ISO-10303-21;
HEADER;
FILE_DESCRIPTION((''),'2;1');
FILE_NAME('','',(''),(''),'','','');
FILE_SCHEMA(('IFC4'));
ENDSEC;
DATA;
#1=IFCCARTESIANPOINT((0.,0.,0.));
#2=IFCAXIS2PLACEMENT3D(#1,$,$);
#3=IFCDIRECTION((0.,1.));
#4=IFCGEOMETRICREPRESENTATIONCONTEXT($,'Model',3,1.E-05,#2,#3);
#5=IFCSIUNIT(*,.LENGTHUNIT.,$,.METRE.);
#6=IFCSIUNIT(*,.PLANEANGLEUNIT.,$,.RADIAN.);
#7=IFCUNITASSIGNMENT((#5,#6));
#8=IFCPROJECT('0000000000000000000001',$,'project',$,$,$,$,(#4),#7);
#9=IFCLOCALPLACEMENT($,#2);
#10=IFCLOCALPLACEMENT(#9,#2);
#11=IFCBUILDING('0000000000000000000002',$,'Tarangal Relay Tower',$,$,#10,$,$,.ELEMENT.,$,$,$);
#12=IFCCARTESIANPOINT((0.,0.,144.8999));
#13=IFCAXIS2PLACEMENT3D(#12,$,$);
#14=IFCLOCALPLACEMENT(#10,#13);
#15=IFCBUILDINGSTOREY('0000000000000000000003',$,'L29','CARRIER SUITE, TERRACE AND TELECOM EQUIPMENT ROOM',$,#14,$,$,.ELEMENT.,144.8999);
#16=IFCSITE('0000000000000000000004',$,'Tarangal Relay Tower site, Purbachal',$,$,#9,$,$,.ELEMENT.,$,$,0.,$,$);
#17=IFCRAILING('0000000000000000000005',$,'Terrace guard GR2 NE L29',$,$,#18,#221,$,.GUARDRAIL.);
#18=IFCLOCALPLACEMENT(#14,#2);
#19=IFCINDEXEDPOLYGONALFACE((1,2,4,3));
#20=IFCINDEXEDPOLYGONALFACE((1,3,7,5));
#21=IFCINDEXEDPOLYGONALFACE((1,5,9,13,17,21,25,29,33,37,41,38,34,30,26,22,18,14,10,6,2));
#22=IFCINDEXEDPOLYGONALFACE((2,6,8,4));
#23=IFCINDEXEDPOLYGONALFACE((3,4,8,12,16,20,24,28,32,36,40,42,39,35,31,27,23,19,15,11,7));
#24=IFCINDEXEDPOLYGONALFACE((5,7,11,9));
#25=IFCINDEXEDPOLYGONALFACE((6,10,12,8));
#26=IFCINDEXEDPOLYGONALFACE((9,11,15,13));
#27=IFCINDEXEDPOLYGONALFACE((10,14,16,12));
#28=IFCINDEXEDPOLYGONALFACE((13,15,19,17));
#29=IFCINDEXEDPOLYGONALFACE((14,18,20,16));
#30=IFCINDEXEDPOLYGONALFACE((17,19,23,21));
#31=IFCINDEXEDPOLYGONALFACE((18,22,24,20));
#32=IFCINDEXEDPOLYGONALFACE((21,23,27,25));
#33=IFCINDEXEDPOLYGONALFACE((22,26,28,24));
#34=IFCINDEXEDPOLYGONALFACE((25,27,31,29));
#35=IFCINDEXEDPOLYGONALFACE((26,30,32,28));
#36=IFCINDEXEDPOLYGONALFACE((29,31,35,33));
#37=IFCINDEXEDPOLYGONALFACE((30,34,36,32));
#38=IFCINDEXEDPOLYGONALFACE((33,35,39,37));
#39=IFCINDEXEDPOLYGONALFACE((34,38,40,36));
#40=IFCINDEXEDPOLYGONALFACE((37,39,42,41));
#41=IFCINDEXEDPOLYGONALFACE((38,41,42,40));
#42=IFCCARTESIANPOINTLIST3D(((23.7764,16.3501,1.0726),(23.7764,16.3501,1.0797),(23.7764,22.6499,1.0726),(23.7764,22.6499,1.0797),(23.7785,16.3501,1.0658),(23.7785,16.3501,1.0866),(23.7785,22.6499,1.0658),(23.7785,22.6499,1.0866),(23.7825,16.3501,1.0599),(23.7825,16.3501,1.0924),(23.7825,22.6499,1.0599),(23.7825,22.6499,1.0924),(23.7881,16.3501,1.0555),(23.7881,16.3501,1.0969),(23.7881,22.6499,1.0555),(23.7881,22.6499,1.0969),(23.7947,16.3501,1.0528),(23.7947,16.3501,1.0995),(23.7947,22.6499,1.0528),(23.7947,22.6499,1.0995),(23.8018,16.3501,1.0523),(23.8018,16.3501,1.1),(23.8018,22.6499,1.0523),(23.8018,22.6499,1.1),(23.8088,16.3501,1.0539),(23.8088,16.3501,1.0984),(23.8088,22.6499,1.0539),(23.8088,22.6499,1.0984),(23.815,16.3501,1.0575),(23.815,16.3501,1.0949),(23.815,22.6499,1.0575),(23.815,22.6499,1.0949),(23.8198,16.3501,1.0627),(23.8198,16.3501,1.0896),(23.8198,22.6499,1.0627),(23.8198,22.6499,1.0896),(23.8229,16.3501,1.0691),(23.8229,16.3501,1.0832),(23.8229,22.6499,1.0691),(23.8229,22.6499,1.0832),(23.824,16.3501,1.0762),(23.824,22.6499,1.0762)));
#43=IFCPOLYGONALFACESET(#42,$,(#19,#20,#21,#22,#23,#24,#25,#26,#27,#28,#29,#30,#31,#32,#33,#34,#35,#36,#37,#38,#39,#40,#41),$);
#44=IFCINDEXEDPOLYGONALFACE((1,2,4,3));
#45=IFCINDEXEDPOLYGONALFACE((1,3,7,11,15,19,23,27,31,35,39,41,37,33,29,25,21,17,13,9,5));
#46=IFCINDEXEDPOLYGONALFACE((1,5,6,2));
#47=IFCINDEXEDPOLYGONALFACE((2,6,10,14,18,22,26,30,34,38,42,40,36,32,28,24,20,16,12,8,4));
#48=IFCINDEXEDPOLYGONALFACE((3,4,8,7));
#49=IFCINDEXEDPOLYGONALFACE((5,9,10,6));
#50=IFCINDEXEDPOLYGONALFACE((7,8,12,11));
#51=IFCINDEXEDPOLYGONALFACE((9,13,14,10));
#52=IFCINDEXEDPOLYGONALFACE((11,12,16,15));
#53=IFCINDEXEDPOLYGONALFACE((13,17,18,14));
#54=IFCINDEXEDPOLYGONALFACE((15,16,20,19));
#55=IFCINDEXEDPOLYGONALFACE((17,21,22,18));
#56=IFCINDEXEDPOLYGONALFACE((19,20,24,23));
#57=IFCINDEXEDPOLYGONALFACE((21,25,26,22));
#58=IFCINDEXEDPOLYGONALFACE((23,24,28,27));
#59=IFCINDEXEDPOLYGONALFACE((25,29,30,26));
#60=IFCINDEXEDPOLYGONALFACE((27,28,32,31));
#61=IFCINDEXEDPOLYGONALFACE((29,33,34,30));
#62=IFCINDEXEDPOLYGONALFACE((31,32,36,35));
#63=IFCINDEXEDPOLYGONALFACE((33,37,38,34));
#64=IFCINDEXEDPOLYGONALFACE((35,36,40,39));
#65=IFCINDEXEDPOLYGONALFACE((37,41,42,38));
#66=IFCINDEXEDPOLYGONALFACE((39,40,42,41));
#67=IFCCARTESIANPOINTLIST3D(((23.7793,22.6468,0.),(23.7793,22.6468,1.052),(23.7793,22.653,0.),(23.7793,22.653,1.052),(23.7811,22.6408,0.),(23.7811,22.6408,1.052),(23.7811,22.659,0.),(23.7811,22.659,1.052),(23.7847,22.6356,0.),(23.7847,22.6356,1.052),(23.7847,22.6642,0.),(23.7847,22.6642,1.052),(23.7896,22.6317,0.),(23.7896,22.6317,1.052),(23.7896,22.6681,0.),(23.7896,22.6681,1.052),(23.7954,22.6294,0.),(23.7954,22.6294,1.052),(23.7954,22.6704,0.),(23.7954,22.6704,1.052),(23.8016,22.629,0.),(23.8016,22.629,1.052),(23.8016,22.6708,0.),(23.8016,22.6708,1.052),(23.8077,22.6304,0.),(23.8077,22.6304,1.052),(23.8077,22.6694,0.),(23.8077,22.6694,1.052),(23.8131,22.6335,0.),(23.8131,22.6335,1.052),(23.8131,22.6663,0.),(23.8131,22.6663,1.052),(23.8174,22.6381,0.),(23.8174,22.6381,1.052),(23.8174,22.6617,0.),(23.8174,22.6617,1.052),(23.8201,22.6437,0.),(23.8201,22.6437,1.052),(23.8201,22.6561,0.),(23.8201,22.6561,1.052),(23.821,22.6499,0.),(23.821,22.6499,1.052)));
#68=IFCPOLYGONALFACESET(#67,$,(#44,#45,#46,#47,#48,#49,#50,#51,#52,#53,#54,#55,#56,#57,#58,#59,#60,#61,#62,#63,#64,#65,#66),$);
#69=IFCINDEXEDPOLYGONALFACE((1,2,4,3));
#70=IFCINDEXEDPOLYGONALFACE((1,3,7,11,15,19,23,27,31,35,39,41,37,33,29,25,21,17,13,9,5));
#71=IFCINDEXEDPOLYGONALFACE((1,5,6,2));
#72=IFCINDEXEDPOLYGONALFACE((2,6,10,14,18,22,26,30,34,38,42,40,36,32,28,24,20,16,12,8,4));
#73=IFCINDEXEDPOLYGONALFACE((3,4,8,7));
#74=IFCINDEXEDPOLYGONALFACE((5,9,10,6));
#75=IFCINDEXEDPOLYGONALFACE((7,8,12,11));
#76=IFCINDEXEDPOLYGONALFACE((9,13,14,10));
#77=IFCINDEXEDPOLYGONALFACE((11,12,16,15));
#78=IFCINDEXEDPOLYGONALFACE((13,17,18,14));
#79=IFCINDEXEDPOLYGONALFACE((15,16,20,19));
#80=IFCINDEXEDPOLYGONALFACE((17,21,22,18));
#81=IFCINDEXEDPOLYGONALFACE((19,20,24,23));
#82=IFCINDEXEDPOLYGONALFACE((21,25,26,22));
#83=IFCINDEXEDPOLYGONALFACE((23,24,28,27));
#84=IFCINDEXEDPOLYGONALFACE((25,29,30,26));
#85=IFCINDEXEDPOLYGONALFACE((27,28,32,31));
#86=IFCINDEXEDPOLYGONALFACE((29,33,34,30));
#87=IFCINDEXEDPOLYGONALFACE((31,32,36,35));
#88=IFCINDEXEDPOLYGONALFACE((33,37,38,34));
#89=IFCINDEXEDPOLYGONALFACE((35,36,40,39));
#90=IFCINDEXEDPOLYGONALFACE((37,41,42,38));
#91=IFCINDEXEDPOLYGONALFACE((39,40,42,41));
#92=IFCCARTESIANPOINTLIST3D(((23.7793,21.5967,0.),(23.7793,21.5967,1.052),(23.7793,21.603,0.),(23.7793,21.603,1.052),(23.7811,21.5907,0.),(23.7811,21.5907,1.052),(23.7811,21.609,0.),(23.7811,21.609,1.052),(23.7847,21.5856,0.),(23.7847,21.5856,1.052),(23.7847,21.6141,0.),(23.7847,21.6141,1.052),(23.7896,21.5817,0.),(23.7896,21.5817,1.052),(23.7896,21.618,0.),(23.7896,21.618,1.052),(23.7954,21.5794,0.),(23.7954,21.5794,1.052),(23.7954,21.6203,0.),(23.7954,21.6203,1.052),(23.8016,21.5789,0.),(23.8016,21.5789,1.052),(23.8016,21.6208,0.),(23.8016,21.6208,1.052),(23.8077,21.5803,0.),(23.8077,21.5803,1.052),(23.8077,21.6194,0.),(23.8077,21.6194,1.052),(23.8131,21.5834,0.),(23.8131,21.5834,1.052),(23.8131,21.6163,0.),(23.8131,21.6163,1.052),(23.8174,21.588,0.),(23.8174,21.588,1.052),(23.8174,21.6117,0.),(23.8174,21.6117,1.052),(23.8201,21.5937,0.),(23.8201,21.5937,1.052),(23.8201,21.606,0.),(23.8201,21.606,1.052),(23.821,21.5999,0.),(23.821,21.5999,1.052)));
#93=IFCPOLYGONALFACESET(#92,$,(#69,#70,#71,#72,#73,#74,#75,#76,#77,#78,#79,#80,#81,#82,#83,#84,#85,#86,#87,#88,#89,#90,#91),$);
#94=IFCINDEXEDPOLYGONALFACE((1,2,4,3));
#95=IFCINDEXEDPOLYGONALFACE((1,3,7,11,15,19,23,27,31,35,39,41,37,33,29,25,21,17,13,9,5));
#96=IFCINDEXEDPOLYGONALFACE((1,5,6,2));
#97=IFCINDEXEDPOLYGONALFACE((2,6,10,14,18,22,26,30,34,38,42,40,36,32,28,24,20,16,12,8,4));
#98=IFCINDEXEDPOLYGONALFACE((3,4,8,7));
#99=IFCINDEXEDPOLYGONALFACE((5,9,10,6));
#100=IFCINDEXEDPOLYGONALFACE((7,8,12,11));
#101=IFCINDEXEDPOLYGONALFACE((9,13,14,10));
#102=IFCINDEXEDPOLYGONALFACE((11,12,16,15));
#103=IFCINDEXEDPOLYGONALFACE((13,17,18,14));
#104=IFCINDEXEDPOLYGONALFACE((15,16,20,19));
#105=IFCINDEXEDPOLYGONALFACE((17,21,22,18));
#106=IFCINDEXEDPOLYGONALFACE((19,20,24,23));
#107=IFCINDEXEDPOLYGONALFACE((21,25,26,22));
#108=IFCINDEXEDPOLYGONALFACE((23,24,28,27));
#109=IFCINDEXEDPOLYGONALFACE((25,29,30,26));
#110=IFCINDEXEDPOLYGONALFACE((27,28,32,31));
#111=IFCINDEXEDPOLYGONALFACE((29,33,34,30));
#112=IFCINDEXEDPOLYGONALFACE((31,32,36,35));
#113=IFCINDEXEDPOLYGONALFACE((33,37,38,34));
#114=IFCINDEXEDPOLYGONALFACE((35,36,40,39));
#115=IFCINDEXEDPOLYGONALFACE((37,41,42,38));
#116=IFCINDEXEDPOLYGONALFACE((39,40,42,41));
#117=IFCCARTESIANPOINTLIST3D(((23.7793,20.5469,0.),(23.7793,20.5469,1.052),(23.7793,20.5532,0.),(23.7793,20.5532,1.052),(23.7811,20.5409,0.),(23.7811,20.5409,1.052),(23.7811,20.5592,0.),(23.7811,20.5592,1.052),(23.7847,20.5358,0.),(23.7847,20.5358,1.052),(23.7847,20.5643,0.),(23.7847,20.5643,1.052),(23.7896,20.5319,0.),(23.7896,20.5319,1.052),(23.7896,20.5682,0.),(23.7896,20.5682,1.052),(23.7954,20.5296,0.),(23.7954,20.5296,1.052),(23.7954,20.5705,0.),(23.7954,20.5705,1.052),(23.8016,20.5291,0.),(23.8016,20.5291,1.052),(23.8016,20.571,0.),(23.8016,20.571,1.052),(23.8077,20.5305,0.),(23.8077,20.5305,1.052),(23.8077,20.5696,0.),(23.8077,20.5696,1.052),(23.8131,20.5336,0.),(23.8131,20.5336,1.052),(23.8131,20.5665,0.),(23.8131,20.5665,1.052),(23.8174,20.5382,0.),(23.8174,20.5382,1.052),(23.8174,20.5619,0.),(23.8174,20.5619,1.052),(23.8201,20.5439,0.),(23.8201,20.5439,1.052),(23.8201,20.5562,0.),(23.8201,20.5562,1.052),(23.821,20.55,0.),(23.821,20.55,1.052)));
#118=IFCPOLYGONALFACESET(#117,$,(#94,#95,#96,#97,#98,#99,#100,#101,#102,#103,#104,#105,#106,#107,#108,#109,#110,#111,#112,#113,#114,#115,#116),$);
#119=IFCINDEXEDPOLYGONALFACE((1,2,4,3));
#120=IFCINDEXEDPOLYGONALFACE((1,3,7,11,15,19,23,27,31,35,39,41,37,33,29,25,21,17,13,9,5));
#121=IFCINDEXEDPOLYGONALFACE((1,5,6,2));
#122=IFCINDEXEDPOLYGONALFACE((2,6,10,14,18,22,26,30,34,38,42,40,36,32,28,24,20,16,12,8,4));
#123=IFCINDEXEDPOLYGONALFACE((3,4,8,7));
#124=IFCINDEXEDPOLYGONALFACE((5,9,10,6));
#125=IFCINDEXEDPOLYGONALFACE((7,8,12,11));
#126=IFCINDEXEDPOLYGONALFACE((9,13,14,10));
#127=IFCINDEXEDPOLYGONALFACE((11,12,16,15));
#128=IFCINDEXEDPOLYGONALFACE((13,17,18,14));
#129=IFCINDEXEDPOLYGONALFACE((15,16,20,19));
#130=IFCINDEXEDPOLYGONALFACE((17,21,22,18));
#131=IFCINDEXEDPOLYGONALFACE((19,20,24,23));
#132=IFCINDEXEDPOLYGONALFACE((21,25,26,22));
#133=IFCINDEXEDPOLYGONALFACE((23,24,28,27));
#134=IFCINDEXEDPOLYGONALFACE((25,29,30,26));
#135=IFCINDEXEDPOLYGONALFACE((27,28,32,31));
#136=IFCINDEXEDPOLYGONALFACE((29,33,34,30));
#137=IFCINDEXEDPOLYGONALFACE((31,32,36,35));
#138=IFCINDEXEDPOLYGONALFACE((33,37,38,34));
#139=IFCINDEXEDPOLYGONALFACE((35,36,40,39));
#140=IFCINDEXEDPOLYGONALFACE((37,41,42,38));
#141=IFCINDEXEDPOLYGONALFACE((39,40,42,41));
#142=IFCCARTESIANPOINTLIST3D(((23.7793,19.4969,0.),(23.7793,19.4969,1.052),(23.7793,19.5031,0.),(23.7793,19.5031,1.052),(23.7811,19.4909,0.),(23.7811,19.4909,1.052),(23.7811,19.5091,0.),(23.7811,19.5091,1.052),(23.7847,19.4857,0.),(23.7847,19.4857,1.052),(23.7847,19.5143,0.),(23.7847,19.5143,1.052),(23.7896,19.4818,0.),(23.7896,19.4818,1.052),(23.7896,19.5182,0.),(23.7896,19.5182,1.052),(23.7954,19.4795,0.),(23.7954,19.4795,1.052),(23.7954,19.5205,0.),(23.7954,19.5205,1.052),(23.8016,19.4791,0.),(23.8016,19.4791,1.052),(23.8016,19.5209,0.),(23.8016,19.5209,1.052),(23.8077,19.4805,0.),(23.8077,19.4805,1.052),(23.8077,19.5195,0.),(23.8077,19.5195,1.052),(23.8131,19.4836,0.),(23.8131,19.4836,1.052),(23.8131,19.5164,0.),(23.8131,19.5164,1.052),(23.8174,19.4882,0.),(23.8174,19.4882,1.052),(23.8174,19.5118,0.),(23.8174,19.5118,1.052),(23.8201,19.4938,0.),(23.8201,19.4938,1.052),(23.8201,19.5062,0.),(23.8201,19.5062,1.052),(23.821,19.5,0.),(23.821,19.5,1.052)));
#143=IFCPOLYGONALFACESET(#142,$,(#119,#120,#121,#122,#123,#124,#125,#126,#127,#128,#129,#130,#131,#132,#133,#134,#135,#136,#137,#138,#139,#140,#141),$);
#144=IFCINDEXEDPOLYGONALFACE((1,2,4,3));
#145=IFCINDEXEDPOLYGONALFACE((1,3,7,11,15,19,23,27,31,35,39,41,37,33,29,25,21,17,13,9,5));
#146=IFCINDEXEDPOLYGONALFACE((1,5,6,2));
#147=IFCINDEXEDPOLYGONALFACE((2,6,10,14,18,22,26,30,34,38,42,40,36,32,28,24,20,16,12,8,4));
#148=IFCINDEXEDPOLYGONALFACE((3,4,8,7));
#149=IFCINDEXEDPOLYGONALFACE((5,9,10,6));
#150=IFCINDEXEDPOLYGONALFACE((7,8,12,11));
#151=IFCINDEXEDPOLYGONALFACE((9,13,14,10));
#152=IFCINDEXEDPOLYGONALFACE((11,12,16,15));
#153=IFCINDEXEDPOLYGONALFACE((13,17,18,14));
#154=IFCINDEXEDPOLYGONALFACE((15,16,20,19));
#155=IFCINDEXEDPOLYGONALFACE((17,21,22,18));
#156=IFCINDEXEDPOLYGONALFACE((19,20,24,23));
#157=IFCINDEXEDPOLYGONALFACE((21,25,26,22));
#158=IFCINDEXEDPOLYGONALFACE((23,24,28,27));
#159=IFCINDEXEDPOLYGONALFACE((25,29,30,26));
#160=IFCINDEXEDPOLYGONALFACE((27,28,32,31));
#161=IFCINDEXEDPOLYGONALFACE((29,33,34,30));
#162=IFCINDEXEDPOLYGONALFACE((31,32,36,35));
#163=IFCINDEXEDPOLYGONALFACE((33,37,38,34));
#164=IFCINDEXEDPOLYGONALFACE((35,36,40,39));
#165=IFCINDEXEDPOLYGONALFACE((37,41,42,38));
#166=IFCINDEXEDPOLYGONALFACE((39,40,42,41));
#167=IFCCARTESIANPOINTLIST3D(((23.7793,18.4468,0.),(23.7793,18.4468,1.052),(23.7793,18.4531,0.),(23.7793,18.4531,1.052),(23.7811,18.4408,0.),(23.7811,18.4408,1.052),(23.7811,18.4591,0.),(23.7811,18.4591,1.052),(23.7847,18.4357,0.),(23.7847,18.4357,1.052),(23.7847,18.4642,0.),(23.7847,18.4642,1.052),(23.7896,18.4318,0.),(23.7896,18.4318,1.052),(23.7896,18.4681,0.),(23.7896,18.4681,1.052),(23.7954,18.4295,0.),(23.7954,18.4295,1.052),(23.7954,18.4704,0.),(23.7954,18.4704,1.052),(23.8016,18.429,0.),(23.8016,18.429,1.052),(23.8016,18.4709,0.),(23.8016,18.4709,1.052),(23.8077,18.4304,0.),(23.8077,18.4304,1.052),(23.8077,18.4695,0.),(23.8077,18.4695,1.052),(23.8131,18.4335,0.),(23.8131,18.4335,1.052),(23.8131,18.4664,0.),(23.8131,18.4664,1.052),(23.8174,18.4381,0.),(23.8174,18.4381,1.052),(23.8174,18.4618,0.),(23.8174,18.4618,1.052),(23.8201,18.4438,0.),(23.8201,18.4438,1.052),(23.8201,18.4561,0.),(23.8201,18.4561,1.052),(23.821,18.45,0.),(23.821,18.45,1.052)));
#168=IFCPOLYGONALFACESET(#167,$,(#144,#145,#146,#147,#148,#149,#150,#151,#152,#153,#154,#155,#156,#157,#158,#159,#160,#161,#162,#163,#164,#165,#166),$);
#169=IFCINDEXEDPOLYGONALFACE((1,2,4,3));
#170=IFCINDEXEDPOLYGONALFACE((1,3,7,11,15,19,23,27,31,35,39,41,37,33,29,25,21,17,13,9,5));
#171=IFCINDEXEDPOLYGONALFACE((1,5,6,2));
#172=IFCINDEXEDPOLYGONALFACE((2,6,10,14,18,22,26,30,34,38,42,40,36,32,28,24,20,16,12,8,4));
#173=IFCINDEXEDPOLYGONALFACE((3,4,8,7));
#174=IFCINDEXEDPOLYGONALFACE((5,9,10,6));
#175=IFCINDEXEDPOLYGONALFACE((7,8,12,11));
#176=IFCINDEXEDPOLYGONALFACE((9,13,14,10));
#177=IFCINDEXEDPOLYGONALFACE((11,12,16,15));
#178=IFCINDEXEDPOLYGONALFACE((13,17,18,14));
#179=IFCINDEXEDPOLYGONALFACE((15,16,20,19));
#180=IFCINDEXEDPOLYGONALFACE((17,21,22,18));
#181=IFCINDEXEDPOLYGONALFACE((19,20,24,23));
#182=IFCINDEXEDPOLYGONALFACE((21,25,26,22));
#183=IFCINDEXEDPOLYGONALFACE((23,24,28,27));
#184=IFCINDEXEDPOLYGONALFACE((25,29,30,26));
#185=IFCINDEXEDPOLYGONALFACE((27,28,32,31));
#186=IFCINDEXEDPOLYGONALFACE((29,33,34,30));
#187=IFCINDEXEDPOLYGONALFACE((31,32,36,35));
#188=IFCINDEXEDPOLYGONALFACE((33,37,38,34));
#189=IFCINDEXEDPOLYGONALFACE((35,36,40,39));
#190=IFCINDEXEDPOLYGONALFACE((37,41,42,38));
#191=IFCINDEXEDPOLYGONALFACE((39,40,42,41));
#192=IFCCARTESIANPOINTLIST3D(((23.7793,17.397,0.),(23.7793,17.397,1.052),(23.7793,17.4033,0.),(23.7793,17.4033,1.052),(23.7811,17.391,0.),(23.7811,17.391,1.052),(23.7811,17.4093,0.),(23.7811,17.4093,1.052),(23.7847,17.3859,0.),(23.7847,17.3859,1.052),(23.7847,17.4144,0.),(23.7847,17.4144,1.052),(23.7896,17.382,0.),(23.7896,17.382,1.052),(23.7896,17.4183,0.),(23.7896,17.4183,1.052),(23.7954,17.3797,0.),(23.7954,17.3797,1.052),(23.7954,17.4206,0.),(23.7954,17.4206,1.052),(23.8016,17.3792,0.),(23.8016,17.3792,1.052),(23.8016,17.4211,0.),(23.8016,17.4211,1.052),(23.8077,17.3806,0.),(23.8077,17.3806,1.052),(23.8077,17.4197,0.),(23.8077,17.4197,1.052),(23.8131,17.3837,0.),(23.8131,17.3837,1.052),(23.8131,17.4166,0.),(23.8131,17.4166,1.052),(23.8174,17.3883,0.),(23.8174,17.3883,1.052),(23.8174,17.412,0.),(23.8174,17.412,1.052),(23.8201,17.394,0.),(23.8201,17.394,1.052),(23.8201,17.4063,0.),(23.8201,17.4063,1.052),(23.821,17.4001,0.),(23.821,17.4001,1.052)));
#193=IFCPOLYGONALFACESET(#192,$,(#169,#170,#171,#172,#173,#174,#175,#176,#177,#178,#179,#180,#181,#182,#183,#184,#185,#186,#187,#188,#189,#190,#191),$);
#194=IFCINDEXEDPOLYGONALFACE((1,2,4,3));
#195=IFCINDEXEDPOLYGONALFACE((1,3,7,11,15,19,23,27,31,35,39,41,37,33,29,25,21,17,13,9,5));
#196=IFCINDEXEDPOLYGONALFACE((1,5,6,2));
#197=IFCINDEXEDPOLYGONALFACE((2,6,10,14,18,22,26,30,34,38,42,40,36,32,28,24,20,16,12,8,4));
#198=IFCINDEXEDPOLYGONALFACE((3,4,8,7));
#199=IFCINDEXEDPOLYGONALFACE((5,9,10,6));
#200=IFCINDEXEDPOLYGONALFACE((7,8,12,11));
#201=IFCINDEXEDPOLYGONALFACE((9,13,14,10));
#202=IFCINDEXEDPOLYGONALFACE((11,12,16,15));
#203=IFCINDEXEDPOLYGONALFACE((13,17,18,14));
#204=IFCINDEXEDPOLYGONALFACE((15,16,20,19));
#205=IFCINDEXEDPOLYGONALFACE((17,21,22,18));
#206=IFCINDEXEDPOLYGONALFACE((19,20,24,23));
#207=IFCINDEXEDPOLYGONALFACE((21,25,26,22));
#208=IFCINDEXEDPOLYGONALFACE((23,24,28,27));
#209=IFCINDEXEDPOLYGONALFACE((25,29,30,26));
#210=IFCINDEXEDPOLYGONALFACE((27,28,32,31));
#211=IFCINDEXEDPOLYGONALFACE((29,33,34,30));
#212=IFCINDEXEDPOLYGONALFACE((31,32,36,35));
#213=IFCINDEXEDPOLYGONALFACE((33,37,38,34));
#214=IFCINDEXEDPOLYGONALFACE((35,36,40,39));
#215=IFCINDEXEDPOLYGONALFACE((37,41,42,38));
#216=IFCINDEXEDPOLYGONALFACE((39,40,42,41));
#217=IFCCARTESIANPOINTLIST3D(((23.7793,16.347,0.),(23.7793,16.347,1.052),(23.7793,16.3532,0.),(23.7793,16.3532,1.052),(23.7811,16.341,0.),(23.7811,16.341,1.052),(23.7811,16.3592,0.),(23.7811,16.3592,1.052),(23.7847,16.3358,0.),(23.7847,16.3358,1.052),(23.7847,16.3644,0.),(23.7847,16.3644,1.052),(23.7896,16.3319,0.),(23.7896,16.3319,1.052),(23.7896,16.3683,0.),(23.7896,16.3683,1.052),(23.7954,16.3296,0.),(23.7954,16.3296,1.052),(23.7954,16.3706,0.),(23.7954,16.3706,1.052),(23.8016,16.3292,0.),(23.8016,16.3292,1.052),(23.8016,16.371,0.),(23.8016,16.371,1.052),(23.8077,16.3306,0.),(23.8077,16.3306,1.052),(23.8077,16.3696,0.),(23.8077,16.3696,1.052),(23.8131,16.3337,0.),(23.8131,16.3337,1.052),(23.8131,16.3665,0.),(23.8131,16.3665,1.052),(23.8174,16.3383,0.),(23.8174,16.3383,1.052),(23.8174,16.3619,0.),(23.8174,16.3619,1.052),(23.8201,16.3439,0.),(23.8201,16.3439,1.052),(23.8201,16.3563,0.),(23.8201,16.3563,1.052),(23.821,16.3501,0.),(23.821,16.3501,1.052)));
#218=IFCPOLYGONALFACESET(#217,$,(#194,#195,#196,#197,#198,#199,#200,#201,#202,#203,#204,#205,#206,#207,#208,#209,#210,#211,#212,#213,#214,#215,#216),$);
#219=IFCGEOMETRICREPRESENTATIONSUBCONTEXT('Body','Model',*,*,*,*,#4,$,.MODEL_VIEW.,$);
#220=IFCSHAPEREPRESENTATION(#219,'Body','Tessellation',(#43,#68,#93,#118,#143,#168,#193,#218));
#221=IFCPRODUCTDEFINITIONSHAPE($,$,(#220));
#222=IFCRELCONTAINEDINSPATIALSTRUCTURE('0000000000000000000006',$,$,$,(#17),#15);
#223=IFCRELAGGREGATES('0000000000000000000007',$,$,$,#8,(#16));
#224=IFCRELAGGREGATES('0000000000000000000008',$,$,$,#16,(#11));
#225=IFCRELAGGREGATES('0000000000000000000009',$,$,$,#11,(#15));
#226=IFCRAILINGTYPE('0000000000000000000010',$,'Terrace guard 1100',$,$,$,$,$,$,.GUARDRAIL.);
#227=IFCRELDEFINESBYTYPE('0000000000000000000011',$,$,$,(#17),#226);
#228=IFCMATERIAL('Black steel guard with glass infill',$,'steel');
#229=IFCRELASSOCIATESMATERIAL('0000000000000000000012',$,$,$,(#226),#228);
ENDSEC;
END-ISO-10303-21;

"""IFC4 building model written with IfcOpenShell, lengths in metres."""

from ifc_helpers import new_model, si_unit, direction, frame, origin, origin_2d, place, context, subcontext, project, spatial, circle, extrude, material, type_object, element, save


model = new_model("IFC4")

# Units and contexts
model_context = context("Model", 3, precision=1e-05, world=origin(), true_north=direction((0.0, 1.0)))
body_context = subcontext(model_context, "Body", "Model", "MODEL_VIEW")
ifc_project = project(units=[si_unit("LENGTHUNIT", "METRE"), si_unit("PLANEANGLEUNIT", "RADIAN")], contexts=[model_context])

# Site, building, storey
site_placement = place(None, origin())
site = spatial("IfcSite", under=ifc_project, at=site_placement, Name="Tarangal Relay Tower site, Purbachal", CompositionType="ELEMENT", RefElevation=0.0)
building_placement = place(site_placement, origin())
building = spatial("IfcBuilding", under=site, at=building_placement, Name="Tarangal Relay Tower", CompositionType="ELEMENT")
storey_placement = place(building_placement, frame((0.0, 0.0, 144.8999)))
storey = spatial("IfcBuildingStorey", under=building, at=storey_placement, Name="L29", Description="CARRIER SUITE, TERRACE AND TELECOM EQUIPMENT ROOM", CompositionType="ELEMENT", Elevation=144.8999)

# Railing
ifc_material_1 = material(Name="Black steel guard with glass infill", Category="steel")
railing_type = type_object("IfcRailingType", Name="Terrace guard 1100", PredefinedType="GUARDRAIL", material=ifc_material_1)
railing_1_placement = place(storey_placement, frame((23.8, 22.6499, 0.0)))
element("IfcRailing", 1, at=railing_1_placement, inside=storey, type_object=railing_type, Name="Terrace guard GR2 NE L29", PredefinedType="GUARDRAIL", context=body_context, shape_type="SweptSolid", body=[
    extrude(circle(Radius=0.0239, at=origin_2d()), frame((0.0, 0.0, 1.0762), z_axis=(0.0, -1.0, 0.0), x_axis=(1.0, 0.0, 0.0)), (0.0, 0.0, 1.0), 6.2998),
    extrude(circle(Radius=0.021, at=origin_2d()), origin(), (0.0, 0.0, 1.0), 1.052),
    extrude(circle(Radius=0.021, at=origin_2d()), frame((0.0, -1.05, 0.0)), (0.0, 0.0, 1.0), 1.052),
    extrude(circle(Radius=0.021, at=origin_2d()), frame((0.0, -2.0999, 0.0)), (0.0, 0.0, 1.0), 1.052),
    extrude(circle(Radius=0.021, at=origin_2d()), frame((0.0, -3.1499, 0.0)), (0.0, 0.0, 1.0), 1.052),
    extrude(circle(Radius=0.021, at=origin_2d()), frame((0.0, -4.2, 0.0)), (0.0, 0.0, 1.0), 1.052),
    extrude(circle(Radius=0.021, at=origin_2d()), frame((0.0, -5.2498, 0.0)), (0.0, 0.0, 1.0), 1.052),
    extrude(circle(Radius=0.021, at=origin_2d()), frame((0.0, -6.2998, 0.0)), (0.0, 0.0, 1.0), 1.052),
])

save(model, "model.ifc")
